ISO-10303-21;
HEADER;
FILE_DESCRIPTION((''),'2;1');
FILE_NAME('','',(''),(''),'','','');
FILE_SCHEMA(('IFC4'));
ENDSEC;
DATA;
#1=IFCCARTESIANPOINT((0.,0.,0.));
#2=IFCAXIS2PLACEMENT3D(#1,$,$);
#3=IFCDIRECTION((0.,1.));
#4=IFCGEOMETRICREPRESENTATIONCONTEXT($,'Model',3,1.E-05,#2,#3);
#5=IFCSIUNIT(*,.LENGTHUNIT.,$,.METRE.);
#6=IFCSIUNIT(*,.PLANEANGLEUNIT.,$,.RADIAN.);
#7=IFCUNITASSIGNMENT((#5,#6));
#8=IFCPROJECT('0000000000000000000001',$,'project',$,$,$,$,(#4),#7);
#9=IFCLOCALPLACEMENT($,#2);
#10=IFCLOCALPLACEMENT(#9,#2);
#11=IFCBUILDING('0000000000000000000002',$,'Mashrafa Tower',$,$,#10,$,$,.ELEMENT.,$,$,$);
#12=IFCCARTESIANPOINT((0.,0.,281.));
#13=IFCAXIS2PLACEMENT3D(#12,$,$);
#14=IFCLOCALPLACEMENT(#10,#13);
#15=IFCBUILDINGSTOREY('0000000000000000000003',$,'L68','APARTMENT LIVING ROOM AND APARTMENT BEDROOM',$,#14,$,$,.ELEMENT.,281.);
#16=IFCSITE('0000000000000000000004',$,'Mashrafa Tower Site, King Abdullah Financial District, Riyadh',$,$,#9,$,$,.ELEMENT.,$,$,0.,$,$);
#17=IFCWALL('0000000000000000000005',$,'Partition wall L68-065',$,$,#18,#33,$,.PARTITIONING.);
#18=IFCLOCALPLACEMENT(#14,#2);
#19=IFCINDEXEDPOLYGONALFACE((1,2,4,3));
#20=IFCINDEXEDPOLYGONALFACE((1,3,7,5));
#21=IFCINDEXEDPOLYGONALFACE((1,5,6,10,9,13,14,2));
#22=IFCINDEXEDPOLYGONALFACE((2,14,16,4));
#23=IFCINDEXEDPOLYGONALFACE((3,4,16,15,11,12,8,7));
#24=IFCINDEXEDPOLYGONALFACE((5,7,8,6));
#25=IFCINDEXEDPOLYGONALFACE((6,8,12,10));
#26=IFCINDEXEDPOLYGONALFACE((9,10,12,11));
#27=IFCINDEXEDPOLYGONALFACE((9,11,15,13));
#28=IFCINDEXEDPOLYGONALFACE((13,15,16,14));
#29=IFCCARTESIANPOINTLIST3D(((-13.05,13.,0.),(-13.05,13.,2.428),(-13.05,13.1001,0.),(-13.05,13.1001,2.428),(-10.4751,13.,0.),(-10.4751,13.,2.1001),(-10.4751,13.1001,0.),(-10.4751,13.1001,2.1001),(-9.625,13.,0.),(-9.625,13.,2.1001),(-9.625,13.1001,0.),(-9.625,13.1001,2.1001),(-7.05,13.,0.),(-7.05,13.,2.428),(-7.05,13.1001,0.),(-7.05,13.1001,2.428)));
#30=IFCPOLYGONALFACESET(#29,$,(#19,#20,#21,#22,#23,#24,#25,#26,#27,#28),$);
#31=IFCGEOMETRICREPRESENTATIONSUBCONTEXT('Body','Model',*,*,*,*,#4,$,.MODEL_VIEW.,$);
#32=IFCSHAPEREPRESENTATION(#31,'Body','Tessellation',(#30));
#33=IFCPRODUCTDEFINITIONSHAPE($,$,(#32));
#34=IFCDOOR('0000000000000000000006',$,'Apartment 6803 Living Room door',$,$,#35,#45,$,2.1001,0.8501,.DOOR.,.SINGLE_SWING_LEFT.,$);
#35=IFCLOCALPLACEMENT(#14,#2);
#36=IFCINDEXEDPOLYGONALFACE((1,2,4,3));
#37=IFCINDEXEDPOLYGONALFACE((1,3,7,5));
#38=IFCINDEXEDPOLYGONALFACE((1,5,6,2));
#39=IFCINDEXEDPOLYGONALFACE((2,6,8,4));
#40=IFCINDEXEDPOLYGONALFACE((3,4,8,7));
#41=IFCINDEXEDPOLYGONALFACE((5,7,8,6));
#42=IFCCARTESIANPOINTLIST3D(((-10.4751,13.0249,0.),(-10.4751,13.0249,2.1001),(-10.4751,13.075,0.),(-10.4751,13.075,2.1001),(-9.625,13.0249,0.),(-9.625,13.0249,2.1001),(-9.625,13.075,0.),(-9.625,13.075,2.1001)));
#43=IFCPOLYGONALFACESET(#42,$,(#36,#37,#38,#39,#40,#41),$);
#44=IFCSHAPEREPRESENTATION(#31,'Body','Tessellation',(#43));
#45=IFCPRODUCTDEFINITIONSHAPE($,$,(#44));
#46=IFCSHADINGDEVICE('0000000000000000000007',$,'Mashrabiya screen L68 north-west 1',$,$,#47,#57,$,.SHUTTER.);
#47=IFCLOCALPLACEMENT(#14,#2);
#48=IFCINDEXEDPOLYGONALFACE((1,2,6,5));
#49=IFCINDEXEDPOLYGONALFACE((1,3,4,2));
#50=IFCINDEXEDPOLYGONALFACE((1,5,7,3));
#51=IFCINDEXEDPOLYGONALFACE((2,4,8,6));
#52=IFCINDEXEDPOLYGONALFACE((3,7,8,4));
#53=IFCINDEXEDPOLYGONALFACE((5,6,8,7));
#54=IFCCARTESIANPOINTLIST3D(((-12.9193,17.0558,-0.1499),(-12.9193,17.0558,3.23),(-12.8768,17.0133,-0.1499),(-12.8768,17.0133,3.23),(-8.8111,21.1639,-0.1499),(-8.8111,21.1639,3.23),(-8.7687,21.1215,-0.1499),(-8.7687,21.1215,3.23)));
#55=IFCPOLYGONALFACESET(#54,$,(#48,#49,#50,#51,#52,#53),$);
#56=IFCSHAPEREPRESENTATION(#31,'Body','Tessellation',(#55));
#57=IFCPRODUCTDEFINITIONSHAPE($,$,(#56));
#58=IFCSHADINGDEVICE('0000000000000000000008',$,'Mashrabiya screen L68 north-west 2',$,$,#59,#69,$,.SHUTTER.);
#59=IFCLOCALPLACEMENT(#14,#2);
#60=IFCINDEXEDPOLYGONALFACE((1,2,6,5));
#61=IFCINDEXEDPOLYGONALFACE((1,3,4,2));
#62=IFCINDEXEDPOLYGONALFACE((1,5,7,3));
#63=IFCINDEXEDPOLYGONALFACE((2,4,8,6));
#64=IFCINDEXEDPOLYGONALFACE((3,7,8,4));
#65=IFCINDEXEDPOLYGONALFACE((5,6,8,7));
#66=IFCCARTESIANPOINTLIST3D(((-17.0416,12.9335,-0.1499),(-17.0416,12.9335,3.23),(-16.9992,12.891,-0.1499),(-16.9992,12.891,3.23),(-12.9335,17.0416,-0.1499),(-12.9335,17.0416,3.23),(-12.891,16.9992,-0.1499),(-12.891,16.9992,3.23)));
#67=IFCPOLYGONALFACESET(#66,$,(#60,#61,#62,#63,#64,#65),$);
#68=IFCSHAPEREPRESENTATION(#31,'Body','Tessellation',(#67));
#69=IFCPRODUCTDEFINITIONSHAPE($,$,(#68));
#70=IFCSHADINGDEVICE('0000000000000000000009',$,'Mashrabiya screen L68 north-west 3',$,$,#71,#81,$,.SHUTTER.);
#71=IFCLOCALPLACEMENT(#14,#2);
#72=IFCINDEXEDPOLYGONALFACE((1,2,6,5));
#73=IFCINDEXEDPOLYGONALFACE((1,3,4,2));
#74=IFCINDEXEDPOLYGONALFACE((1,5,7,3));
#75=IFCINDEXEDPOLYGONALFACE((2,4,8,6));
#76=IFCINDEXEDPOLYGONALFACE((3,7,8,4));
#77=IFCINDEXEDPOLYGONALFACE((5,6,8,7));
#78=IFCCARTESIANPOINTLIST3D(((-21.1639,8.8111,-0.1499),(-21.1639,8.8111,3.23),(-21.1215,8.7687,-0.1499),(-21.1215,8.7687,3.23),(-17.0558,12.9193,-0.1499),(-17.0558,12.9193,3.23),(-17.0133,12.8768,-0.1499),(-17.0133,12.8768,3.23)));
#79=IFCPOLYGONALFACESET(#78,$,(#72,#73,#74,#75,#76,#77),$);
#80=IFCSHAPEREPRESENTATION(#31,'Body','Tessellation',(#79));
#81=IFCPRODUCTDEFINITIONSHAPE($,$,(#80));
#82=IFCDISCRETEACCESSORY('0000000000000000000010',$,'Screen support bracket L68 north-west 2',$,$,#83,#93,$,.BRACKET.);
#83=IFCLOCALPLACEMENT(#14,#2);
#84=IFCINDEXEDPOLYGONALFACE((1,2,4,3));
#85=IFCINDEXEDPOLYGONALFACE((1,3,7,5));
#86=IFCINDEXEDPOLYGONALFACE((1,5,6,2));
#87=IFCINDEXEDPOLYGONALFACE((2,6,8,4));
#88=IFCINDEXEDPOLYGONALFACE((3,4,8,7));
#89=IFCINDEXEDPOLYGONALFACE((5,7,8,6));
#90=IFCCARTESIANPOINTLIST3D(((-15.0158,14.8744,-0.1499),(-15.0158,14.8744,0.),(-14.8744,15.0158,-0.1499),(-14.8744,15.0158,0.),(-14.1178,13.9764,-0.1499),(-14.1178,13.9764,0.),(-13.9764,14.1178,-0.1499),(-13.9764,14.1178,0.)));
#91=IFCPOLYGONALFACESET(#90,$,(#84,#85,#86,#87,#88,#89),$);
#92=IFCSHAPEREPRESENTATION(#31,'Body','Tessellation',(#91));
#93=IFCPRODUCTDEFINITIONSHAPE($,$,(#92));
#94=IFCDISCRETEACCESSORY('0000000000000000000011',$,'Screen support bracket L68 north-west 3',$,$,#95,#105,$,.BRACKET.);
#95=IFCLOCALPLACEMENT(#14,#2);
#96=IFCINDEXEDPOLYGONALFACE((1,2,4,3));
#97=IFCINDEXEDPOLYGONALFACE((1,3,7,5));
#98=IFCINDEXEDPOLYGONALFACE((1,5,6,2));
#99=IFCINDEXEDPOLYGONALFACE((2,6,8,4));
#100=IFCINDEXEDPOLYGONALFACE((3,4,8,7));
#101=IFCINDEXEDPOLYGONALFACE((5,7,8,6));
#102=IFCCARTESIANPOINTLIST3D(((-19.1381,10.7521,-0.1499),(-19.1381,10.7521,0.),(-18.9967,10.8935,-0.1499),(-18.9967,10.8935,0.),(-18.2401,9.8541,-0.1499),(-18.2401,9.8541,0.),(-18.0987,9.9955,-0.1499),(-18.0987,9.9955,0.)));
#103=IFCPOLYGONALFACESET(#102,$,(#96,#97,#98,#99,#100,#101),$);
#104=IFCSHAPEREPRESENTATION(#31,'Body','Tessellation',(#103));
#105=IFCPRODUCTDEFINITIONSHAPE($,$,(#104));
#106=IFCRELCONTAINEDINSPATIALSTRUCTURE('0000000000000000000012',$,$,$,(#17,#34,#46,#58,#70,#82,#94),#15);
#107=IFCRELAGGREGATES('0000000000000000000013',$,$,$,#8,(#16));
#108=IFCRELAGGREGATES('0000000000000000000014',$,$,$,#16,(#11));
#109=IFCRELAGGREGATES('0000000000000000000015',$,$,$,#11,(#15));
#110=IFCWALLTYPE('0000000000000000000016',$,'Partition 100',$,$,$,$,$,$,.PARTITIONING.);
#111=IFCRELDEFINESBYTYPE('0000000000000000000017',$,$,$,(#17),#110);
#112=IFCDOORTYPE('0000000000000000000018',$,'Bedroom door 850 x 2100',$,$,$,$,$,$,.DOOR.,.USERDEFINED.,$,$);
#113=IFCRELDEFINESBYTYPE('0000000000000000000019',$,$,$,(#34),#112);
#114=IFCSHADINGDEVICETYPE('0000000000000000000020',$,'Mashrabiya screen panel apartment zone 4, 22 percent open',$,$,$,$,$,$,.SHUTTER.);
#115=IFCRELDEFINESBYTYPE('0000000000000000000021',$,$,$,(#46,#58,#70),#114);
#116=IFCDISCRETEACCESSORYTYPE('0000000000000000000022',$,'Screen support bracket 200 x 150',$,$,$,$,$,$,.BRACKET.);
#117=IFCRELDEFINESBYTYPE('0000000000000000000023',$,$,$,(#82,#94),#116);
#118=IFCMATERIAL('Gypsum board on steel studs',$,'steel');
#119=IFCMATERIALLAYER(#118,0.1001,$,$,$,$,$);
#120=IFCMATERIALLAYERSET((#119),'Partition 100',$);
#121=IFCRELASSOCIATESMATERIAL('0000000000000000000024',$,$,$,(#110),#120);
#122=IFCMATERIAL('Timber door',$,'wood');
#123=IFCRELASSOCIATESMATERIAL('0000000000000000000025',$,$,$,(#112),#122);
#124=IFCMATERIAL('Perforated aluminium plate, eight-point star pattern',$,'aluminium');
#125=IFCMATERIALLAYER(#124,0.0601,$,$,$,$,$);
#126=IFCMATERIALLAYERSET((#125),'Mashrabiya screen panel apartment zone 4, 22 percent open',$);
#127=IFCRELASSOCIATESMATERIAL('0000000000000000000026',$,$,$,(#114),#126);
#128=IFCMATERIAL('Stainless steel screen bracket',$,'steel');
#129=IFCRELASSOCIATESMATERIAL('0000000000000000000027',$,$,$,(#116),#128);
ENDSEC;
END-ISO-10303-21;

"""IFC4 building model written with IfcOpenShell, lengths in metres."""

from ifc_helpers import new_model, si_unit, direction, frame, frame_2d, origin, origin_2d, place, context, subcontext, project, spatial, rectangle, extrude, source, transform, mapped, material, layer, layer_set, type_object, type_shapes, element, fill, save


model = new_model("IFC4")

# Units and contexts
model_context = context("Model", 3, precision=1e-05, world=origin(), true_north=direction((0.0, 1.0)))
body_context = subcontext(model_context, "Body", "Model", "MODEL_VIEW")
ifc_project = project(units=[si_unit("LENGTHUNIT", "METRE"), si_unit("PLANEANGLEUNIT", "RADIAN")], contexts=[model_context])

# Site, building, storey
site_placement = place(None, origin())
site = spatial("IfcSite", under=ifc_project, at=site_placement, Name="Mashrafa Tower Site, King Abdullah Financial District, Riyadh", CompositionType="ELEMENT", RefElevation=0.0)
building_placement = place(site_placement, origin())
building = spatial("IfcBuilding", under=site, at=building_placement, Name="Mashrafa Tower", CompositionType="ELEMENT")
storey_placement = place(building_placement, frame((0.0, 0.0, 281.0)))
storey = spatial("IfcBuildingStorey", under=building, at=storey_placement, Name="L68", Description="APARTMENT LIVING ROOM AND APARTMENT BEDROOM", CompositionType="ELEMENT", Elevation=281.0)

# Wall, opening, door
ifc_material_1 = material(Name="Gypsum board on steel studs", Category="steel")
ifc_layer_1 = layer(ifc_material_1, 0.1001)
ifc_layer_set_1 = layer_set([ifc_layer_1], Name="Partition 100")
wall_type_1 = type_object("IfcWallType", Name="Partition 100", PredefinedType="PARTITIONING", material=ifc_layer_set_1)
wall_1_placement = place(storey_placement, frame((-13.05, 13.05, 0.0), z_axis=(0.0, 0.0, 1.0), x_axis=(1.0, 0.0, 0.0)))
wall_1 = element("IfcWall", 1, at=wall_1_placement, inside=storey, type_object=wall_type_1, Name="Partition wall L68-065", PredefinedType="PARTITIONING", context=body_context, shape_type="SweptSolid", body=[
    extrude(rectangle(XDim=6.0, YDim=0.1001, at=frame_2d((3.0, 0.0))), origin(), (0.0, 0.0, 1.0), 2.428),
])
opening_1_placement = place(wall_1_placement, frame((2.575, 0.0, 0.0)))
opening_1 = element("IfcOpeningElement", 2, at=opening_1_placement, cuts=wall_1, PredefinedType="OPENING", context=body_context, shape_type="SweptSolid", body=[
    extrude(rectangle(XDim=0.8501, YDim=2.1001, at=frame_2d((0.425, 1.05))), frame((0.0, 0.0601, 0.0), z_axis=(0.0, -1.0, 0.0), x_axis=(1.0, 0.0, 0.0)), (0.0, 0.0, 1.0), 0.1201),
])
ifc_material_2 = material(Name="Timber door", Category="wood")
door_type_1 = type_object("IfcDoorType", Name="Bedroom door 850 x 2100", OperationType="USERDEFINED", PredefinedType="DOOR", material=ifc_material_2)
door_1_placement = place(opening_1_placement, origin())
door_1 = element("IfcDoor", 3, at=door_1_placement, inside=storey, type_object=door_type_1, Name="Apartment 6803 Living Room door", OperationType="SINGLE_SWING_LEFT", OverallHeight=2.1001, OverallWidth=0.8501, PredefinedType="DOOR", context=body_context, shape_type="SweptSolid", body=[
    extrude(rectangle(XDim=0.8501, YDim=2.1001, at=frame_2d((0.425, 1.05))), frame((0.0, 0.0249, 0.0), z_axis=(0.0, -1.0, 0.0), x_axis=(1.0, 0.0, 0.0)), (0.0, 0.0, 1.0), 0.05),
])
fill(opening_1, door_1)

# Shading devices
ifc_material_3 = material(Name="Perforated aluminium plate, eight-point star pattern", Category="aluminium")
ifc_layer_2 = layer(ifc_material_3, 0.0601)
ifc_layer_set_2 = layer_set([ifc_layer_2], Name="Mashrabiya screen panel apartment zone 4, 22 percent open")
shading_device_type = type_object("IfcShadingDeviceType", Name="Mashrabiya screen panel apartment zone 4, 22 percent open", PredefinedType="SHUTTER", material=ifc_layer_set_2)
shared_shape_1 = source(origin(), body_context, "Body", "SweptSolid", [
    extrude(rectangle(XDim=5.8098, YDim=0.0601, at=origin_2d()), origin(), (0.0, 0.0, 1.0), 3.3799),
])
type_shapes(shading_device_type, [shared_shape_1])
for number, where, z_axis, x_axis, name in (
    (4, (-10.844, 19.0886, -0.1499), (0.0, 0.0, 1.0), (-0.707107, -0.707107, 0.0), "Mashrabiya screen L68 north-west 1"),
    (5, (-14.9663, 14.9663, -0.1499), (0.0, 0.0, 1.0), (-0.707107, -0.707107, 0.0), "Mashrabiya screen L68 north-west 2"),
    (6, (-19.0886, 10.844, -0.1499), (0.0, 0.0, 1.0), (-0.707107, -0.707107, 0.0), "Mashrabiya screen L68 north-west 3"),
):
    element("IfcShadingDevice", number, at=place(storey_placement, frame(where, z_axis=z_axis, x_axis=x_axis)), inside=storey, type_object=shading_device_type, Name=name, PredefinedType="SHUTTER", context=body_context, shape_type="MappedRepresentation", body=[
        mapped(shared_shape_1, transform((0.0, 0.0, 0.0))),
    ])

# Discrete accessories
ifc_material_4 = material(Name="Stainless steel screen bracket", Category="steel")
discrete_accessory_type = type_object("IfcDiscreteAccessoryType", Name="Screen support bracket 200 x 150", PredefinedType="BRACKET", material=ifc_material_4)
shared_shape_2 = source(origin(), body_context, "Body", "SweptSolid", [
    extrude(rectangle(XDim=0.2, YDim=1.27, at=origin_2d()), origin(), (0.0, 0.0, 1.0), 0.1499),
])
type_shapes(discrete_accessory_type, [shared_shape_2])
for number, where, z_axis, x_axis, name in (
    (7, (-14.4961, 14.4961, -0.1499), (0.0, 0.0, 1.0), (-0.707107, -0.707107, 0.0), "Screen support bracket L68 north-west 2"),
    (8, (-18.6184, 10.3738, -0.1499), (0.0, 0.0, 1.0), (-0.707107, -0.707107, 0.0), "Screen support bracket L68 north-west 3"),
):
    element("IfcDiscreteAccessory", number, at=place(storey_placement, frame(where, z_axis=z_axis, x_axis=x_axis)), inside=storey, type_object=discrete_accessory_type, Name=name, PredefinedType="BRACKET", context=body_context, shape_type="MappedRepresentation", body=[
        mapped(shared_shape_2, transform((0.0, 0.0, 0.0))),
    ])

save(model, "model.ifc")
